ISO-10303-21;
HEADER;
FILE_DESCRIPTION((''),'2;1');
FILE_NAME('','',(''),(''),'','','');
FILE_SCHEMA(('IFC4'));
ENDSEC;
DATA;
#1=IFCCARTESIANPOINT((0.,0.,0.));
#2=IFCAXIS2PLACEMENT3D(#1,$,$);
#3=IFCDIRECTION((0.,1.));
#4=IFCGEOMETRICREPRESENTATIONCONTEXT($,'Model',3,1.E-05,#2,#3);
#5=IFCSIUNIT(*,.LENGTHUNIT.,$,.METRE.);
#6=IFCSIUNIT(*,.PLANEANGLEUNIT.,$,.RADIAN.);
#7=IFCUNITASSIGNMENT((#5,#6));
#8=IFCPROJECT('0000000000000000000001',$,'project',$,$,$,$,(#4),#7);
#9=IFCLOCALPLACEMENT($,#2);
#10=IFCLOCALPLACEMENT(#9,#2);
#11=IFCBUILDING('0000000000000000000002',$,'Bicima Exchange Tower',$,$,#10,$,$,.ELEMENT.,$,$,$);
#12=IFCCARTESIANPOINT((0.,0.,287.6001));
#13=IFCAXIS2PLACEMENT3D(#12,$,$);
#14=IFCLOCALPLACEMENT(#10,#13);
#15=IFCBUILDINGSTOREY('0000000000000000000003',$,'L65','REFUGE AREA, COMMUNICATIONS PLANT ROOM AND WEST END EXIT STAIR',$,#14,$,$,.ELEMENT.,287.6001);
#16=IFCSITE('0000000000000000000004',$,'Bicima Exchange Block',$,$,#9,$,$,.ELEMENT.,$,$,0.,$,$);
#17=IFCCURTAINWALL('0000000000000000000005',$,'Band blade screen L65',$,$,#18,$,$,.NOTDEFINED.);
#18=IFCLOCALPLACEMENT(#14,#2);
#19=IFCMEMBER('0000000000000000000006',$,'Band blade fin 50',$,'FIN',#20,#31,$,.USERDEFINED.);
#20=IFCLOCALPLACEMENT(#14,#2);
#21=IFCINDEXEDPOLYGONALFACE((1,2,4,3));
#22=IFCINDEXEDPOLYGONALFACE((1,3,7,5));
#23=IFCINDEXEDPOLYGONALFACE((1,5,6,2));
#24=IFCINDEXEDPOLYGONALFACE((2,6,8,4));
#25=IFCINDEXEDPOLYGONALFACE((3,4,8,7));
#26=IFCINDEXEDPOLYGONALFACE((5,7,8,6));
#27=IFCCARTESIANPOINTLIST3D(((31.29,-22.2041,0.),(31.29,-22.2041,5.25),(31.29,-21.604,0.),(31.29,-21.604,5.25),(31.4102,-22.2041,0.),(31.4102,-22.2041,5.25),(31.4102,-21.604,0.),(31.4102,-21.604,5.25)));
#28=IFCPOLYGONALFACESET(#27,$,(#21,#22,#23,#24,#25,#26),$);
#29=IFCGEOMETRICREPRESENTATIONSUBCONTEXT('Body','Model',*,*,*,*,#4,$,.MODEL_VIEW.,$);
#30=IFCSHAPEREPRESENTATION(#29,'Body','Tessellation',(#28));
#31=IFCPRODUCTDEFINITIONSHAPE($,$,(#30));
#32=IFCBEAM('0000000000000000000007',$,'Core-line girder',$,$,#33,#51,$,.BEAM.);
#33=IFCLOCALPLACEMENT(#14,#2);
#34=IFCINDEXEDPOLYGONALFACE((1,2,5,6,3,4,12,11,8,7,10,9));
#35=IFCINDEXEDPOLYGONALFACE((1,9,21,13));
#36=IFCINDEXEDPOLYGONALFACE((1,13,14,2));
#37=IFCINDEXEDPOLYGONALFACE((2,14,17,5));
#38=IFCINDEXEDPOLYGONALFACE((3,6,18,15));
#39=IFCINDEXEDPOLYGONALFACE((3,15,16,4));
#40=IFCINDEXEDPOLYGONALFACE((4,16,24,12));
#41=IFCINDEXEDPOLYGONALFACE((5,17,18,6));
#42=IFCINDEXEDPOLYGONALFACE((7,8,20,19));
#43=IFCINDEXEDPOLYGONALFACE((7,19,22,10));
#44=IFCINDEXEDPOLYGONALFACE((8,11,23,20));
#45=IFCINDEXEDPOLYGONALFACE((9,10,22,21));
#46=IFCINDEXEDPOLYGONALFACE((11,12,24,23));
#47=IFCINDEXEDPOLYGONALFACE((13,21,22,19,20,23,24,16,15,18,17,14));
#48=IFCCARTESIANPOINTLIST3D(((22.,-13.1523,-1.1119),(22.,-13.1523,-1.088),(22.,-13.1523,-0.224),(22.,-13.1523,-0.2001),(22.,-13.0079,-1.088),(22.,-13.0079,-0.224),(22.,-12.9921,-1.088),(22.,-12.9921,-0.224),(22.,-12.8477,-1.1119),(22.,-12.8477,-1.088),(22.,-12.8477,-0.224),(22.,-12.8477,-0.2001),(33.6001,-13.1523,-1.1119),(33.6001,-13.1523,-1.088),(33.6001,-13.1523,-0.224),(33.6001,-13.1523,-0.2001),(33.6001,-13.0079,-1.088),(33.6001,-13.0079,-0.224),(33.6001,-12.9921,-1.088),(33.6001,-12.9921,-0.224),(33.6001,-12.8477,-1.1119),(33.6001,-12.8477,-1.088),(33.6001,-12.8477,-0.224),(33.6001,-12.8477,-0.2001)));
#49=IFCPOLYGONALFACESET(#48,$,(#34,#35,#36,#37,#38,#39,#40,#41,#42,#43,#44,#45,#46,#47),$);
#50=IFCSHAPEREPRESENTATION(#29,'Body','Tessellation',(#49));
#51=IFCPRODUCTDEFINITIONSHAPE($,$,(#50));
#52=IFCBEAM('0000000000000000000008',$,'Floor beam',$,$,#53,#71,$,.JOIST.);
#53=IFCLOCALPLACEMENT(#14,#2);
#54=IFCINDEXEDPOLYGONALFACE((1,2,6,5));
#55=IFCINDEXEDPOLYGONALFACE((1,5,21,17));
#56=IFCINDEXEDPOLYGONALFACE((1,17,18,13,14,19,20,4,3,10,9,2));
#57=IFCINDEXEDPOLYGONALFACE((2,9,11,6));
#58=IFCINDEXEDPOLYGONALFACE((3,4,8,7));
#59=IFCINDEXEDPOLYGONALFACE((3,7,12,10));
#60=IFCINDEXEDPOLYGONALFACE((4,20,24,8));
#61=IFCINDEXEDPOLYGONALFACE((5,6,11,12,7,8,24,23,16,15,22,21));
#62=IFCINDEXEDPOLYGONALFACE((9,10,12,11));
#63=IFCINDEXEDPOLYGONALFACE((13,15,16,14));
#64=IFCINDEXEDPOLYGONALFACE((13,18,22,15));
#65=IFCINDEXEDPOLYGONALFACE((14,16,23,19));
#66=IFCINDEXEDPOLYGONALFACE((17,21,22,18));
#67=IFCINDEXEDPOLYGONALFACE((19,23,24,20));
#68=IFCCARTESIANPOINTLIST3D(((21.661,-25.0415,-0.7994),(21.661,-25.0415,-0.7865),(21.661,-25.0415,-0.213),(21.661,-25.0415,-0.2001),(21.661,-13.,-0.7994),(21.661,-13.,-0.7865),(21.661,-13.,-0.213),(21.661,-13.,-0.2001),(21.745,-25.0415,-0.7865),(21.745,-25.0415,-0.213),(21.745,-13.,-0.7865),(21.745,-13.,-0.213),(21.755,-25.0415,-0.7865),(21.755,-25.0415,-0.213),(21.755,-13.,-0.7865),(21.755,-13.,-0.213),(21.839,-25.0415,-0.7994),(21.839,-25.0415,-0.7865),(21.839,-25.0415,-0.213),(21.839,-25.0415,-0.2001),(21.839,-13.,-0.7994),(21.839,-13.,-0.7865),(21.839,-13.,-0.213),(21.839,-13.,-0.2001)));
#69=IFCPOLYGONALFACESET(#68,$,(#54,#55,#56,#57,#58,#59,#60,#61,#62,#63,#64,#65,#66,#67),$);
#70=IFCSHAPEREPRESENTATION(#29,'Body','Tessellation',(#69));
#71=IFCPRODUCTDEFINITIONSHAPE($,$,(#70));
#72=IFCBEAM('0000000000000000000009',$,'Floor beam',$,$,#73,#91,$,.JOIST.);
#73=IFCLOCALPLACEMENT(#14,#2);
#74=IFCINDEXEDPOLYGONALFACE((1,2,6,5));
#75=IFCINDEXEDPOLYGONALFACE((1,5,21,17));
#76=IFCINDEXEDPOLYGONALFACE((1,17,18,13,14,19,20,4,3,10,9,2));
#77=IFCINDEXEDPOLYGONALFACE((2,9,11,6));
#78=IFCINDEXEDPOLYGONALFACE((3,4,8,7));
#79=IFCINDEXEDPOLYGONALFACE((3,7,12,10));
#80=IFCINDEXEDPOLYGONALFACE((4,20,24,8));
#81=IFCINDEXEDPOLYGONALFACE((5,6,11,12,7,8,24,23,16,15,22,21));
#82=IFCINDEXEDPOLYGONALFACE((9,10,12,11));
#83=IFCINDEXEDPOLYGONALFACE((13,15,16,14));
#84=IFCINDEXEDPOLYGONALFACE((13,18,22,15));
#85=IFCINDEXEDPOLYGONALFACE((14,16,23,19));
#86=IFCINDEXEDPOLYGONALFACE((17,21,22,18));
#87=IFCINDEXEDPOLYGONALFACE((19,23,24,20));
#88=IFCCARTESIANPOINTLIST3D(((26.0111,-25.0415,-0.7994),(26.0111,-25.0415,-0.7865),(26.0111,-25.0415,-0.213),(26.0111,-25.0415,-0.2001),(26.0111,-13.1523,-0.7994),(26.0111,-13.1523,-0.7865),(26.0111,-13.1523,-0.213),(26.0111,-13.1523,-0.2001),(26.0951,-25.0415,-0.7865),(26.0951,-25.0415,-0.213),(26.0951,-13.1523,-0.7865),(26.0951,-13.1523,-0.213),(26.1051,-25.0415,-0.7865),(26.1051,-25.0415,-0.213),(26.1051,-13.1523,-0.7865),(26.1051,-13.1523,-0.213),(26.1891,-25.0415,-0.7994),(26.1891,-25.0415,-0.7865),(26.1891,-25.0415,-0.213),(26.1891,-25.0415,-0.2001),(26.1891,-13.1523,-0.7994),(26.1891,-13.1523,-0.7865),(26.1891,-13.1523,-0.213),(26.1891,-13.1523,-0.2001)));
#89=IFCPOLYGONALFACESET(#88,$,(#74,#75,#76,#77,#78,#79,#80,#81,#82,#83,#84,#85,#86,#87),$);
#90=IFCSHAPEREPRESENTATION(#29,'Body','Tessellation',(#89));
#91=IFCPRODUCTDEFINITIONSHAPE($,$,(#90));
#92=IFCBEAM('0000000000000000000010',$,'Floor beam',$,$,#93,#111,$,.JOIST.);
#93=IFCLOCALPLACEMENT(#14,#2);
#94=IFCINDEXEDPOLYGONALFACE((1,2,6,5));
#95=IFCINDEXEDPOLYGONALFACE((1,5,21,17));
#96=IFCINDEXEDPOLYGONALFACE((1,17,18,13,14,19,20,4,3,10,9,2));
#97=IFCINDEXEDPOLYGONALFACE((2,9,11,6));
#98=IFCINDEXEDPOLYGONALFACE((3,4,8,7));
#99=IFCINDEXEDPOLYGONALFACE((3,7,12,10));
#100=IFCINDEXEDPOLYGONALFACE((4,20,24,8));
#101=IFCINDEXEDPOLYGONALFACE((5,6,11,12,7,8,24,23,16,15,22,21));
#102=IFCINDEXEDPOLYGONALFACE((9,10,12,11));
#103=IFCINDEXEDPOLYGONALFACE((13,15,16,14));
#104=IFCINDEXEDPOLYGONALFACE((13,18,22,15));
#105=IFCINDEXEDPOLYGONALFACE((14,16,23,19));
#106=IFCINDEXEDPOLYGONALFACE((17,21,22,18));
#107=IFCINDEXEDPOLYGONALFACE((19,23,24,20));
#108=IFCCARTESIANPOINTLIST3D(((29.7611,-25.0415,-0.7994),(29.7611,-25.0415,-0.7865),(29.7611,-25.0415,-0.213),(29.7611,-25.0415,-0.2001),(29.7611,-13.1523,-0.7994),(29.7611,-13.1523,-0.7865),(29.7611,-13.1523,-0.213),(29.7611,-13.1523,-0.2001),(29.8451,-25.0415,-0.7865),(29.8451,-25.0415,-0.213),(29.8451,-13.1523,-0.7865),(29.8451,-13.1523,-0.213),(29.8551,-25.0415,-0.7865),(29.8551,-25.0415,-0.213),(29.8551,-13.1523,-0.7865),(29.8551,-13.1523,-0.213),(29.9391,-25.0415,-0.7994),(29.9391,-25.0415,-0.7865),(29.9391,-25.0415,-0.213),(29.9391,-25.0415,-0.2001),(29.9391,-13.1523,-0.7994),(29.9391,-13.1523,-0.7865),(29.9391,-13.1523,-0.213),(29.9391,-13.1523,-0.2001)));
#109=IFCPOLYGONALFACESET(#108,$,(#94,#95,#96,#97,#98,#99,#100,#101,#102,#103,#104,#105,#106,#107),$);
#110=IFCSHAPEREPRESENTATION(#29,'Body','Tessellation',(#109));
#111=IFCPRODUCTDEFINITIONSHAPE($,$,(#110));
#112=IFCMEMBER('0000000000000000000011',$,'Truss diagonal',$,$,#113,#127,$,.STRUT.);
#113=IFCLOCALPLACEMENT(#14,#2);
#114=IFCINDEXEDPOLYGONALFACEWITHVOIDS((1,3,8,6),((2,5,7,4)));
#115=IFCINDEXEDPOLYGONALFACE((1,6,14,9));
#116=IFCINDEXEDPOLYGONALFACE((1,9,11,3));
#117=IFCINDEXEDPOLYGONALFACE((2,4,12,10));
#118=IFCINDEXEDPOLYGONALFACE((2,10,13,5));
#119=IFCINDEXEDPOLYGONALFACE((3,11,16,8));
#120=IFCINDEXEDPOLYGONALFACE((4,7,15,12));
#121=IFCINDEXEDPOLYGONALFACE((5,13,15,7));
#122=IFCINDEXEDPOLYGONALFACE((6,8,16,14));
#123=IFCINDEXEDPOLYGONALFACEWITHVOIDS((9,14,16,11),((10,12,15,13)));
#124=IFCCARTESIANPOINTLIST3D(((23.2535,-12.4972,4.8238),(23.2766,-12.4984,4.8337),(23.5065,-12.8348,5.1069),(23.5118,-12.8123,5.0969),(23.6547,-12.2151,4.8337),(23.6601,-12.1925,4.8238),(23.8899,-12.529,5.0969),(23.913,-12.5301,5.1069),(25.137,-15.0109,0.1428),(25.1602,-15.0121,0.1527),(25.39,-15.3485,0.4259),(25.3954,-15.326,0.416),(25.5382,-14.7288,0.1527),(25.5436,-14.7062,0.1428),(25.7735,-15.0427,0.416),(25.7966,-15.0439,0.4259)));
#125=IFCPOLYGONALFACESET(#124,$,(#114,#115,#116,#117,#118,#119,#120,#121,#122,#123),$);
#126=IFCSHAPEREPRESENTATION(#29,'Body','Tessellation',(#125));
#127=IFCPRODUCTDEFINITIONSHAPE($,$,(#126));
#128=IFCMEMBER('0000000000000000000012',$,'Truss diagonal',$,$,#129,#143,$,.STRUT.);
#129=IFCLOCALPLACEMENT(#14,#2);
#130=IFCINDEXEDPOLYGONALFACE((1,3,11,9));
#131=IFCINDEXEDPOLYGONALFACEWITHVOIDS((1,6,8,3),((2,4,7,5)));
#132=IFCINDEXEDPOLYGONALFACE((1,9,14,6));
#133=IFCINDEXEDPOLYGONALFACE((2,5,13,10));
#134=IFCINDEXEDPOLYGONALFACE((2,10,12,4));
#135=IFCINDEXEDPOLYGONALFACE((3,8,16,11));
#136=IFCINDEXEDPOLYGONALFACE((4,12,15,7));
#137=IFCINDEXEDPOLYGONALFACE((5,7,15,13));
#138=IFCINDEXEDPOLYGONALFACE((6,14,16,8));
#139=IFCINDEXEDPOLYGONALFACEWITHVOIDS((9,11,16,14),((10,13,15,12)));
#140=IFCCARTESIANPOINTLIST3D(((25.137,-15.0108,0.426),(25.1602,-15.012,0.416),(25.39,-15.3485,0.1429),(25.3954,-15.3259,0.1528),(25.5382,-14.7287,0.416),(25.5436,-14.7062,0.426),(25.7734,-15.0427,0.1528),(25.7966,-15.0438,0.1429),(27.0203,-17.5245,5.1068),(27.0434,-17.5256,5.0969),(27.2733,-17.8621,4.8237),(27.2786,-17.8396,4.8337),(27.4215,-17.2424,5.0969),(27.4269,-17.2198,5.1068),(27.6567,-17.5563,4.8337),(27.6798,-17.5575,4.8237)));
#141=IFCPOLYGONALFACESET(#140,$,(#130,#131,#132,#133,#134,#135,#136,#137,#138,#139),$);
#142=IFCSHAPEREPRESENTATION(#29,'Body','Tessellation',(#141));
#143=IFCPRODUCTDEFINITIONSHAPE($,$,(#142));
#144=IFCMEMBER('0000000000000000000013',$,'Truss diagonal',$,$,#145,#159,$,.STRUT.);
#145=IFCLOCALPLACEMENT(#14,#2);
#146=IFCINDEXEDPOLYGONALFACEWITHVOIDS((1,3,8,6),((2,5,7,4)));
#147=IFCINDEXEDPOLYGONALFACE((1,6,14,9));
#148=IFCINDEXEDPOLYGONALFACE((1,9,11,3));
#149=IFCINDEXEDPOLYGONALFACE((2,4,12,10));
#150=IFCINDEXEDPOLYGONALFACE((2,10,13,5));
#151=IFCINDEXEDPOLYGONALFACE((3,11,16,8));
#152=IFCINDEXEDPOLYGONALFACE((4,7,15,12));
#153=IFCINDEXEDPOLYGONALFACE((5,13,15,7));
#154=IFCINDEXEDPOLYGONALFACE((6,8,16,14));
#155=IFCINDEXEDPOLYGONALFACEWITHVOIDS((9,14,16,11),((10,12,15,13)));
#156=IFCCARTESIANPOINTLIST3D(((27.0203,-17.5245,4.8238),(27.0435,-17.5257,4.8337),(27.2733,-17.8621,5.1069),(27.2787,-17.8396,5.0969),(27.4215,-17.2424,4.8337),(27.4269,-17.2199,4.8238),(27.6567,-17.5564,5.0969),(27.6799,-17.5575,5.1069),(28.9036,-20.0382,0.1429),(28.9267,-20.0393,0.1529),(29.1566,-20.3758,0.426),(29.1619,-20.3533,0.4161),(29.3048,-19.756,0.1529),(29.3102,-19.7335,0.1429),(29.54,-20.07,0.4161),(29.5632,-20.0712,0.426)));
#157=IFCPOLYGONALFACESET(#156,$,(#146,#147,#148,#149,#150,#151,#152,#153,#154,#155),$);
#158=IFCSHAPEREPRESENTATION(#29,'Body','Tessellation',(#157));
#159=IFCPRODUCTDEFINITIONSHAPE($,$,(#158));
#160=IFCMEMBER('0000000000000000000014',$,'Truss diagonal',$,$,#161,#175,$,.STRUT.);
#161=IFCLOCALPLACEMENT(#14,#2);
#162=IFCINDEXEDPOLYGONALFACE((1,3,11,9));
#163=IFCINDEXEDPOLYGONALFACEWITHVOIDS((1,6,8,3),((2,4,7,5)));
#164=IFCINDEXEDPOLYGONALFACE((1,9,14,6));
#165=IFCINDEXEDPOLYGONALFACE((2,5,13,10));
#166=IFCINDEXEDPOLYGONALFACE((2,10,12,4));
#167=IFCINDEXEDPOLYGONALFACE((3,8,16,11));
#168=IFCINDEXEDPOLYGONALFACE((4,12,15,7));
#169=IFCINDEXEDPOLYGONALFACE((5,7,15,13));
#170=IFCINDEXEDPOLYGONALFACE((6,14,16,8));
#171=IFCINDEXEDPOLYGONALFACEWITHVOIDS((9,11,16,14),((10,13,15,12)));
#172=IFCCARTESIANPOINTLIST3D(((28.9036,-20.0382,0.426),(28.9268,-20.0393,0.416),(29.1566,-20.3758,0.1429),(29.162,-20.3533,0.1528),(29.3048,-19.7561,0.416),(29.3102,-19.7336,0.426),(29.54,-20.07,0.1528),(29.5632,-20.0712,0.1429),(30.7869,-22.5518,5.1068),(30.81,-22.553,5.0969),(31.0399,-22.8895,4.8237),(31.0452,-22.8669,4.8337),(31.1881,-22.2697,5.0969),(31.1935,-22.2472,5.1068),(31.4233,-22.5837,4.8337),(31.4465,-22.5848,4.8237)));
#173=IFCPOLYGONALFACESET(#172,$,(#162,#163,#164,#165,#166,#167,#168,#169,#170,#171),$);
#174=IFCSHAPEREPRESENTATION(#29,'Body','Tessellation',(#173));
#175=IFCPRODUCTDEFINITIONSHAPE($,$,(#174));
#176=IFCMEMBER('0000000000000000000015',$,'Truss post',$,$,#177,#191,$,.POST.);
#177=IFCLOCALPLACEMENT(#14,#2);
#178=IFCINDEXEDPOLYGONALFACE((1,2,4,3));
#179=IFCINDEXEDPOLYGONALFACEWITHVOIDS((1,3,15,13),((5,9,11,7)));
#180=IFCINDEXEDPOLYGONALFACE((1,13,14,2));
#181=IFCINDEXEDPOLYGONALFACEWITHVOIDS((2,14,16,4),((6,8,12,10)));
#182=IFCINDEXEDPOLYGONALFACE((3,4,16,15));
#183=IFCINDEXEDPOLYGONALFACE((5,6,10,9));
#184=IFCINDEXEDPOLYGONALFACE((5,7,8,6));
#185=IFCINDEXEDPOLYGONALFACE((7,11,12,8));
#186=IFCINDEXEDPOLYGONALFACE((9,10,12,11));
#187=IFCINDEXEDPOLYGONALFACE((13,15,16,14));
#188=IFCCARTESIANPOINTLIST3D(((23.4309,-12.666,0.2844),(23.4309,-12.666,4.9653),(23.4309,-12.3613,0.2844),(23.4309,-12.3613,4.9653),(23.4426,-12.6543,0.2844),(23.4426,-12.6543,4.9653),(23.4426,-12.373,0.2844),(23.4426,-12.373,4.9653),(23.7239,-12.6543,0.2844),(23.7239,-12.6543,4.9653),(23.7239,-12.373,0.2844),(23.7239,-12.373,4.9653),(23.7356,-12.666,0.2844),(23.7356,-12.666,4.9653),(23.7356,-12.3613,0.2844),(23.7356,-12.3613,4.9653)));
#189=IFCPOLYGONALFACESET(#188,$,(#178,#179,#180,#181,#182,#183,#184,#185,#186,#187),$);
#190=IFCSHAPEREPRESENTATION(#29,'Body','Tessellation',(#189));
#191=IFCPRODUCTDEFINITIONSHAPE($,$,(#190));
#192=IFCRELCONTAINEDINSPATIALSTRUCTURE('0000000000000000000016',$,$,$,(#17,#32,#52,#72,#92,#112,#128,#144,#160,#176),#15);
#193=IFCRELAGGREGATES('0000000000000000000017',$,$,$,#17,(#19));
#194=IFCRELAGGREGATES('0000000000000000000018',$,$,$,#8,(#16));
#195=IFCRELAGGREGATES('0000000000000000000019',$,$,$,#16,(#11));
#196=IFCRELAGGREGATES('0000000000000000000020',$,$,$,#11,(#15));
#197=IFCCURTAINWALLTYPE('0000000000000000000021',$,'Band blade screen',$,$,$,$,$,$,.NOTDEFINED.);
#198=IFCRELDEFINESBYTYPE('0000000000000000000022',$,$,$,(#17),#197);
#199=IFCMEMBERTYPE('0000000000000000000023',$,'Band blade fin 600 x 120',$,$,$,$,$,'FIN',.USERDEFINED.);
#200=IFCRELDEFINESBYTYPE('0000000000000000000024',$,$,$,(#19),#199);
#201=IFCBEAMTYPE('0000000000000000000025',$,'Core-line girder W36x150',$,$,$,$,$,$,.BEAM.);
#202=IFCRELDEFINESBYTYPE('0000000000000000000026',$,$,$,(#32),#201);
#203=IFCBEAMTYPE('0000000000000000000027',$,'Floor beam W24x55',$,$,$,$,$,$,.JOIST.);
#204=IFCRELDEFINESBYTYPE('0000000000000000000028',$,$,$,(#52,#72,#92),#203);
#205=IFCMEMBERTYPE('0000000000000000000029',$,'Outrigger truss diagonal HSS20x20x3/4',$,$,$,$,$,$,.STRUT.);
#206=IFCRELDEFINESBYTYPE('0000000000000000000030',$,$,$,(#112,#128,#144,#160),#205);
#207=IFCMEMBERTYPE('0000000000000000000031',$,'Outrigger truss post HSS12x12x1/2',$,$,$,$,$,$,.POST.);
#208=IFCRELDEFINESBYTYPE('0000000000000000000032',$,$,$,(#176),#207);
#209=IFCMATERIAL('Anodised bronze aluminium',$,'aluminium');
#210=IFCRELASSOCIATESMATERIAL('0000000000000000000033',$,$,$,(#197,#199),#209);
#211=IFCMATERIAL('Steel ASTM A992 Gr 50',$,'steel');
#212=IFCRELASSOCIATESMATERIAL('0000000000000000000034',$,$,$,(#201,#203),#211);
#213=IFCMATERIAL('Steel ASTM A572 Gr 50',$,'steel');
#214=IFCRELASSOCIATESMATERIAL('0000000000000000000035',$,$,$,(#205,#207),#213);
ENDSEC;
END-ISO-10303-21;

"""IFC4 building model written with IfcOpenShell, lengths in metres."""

from ifc_helpers import new_model, si_unit, direction, frame, origin, origin_2d, place, context, subcontext, project, spatial, rectangle, hollow_rectangle, i_section, extrude, material, material_profile, profile_set, type_object, element, aggregate, save


model = new_model("IFC4")

# Units and contexts
model_context = context("Model", 3, precision=1e-05, world=origin(), true_north=direction((0.0, 1.0)))
body_context = subcontext(model_context, "Body", "Model", "MODEL_VIEW")
ifc_project = project(units=[si_unit("LENGTHUNIT", "METRE"), si_unit("PLANEANGLEUNIT", "RADIAN")], contexts=[model_context])

# Site, building, storey
site_placement = place(None, origin())
site = spatial("IfcSite", under=ifc_project, at=site_placement, Name="Bicima Exchange Block", CompositionType="ELEMENT", RefElevation=0.0)
building_placement = place(site_placement, origin())
building = spatial("IfcBuilding", under=site, at=building_placement, Name="Bicima Exchange Tower", CompositionType="ELEMENT")
storey_placement = place(building_placement, frame((0.0, 0.0, 287.6001)))
storey = spatial("IfcBuildingStorey", under=building, at=storey_placement, Name="L65", Description="REFUGE AREA, COMMUNICATIONS PLANT ROOM AND WEST END EXIT STAIR", CompositionType="ELEMENT", Elevation=287.6001)

# Curtain wall, member
ifc_material_1 = material(Name="Anodised bronze aluminium", Category="aluminium")
curtain_wall_type = type_object("IfcCurtainWallType", Name="Band blade screen", PredefinedType="NOTDEFINED", material=ifc_material_1)
curtain_wall_placement = place(storey_placement, origin())
curtain_wall = element("IfcCurtainWall", 1, at=curtain_wall_placement, inside=storey, type_object=curtain_wall_type, Name="Band blade screen L65", PredefinedType="NOTDEFINED")
ifc_material_profile_1 = material_profile(ifc_material_1, rectangle(XDim=0.6001, YDim=0.1201, at=origin_2d()))
ifc_profile_set_1 = profile_set([ifc_material_profile_1], Name="Anodised bronze aluminium")
member_type_1 = type_object("IfcMemberType", Name="Band blade fin 600 x 120", ElementType="FIN", PredefinedType="USERDEFINED", material=ifc_profile_set_1)
member_1_placement = place(storey_placement, frame((31.3501, -21.9041, 0.0), z_axis=(0.0, 0.0, 1.0), x_axis=(0.0, 1.0, 0.0)))
member_1 = element("IfcMember", 2, at=member_1_placement, type_object=member_type_1, Name="Band blade fin 50", ObjectType="FIN", PredefinedType="USERDEFINED", context=body_context, shape_type="SweptSolid", body=[
    extrude(rectangle(XDim=0.6001, YDim=0.1201, at=origin_2d()), origin(), (0.0, 0.0, 1.0), 5.25),
])
aggregate(curtain_wall, [member_1])

# Beams
ifc_material_2 = material(Name="Steel ASTM A992 Gr 50", Category="steel")
ifc_material_profile_2 = material_profile(ifc_material_2, i_section(OverallWidth=0.3047, OverallDepth=0.9119, WebThickness=0.0159, FlangeThickness=0.0239, at=origin_2d()))
ifc_profile_set_2 = profile_set([ifc_material_profile_2], Name="Steel ASTM A992 Gr 50")
beam_type_1 = type_object("IfcBeamType", Name="Core-line girder W36x150", PredefinedType="BEAM", material=ifc_profile_set_2)
beam_1_placement = place(storey_placement, frame((22.0, -13.0, -0.656), z_axis=(1.0, 0.0, 0.0), x_axis=(0.0, 1.0, 0.0)))
element("IfcBeam", 3, at=beam_1_placement, inside=storey, type_object=beam_type_1, Name="Core-line girder", PredefinedType="BEAM", context=body_context, shape_type="SweptSolid", body=[
    extrude(i_section(OverallWidth=0.3047, OverallDepth=0.9119, WebThickness=0.0159, FlangeThickness=0.0239, at=origin_2d()), origin(), (0.0, 0.0, 1.0), 11.6001),
])
ifc_material_profile_3 = material_profile(ifc_material_2, i_section(OverallWidth=0.178, OverallDepth=0.5994, WebThickness=0.01, FlangeThickness=0.0129, at=origin_2d()))
ifc_profile_set_3 = profile_set([ifc_material_profile_3], Name="Steel ASTM A992 Gr 50")
beam_type_2 = type_object("IfcBeamType", Name="Floor beam W24x55", PredefinedType="JOIST", material=ifc_profile_set_3)
beam_2_placement = place(storey_placement, frame((21.75, -13.0, -0.4998), z_axis=(0.0, -1.0, 0.0), x_axis=(1.0, 0.0, 0.0)))
element("IfcBeam", 4, at=beam_2_placement, inside=storey, type_object=beam_type_2, Name="Floor beam", PredefinedType="JOIST", context=body_context, shape_type="SweptSolid", body=[
    extrude(i_section(OverallWidth=0.178, OverallDepth=0.5994, WebThickness=0.01, FlangeThickness=0.0129, at=origin_2d()), origin(), (0.0, 0.0, 1.0), 12.0415),
])
for number, where, z_axis, x_axis, name in (
    (5, (26.1001, -13.1523, -0.4998), (0.0, -1.0, 0.0), (1.0, 0.0, 0.0), "Floor beam"),
    (6, (29.8501, -13.1523, -0.4998), (0.0, -1.0, 0.0), (1.0, 0.0, 0.0), "Floor beam"),
):
    element("IfcBeam", number, at=place(storey_placement, frame(where, z_axis=z_axis, x_axis=x_axis)), inside=storey, type_object=beam_type_2, Name=name, PredefinedType="JOIST", context=body_context, shape_type="SweptSolid", body=[
        extrude(i_section(OverallWidth=0.178, OverallDepth=0.5994, WebThickness=0.01, FlangeThickness=0.0129, at=origin_2d()), origin(), (0.0, 0.0, 1.0), 11.8892),
    ])

# Members
ifc_material_3 = material(Name="Steel ASTM A572 Gr 50", Category="steel")
ifc_material_profile_4 = material_profile(ifc_material_3, hollow_rectangle(XDim=0.5081, YDim=0.5081, WallThickness=0.0178, at=origin_2d()))
ifc_profile_set_4 = profile_set([ifc_material_profile_4], Name="Steel ASTM A572 Gr 50")
member_type_2 = type_object("IfcMemberType", Name="Outrigger truss diagonal HSS20x20x3/4", PredefinedType="STRUT", material=ifc_profile_set_4)
member_2_placement = place(storey_placement, frame((23.5833, -12.5137, 4.9653), z_axis=(0.334132, -0.445914, -0.830371), x_axis=(0.800261, 0.599652, 0.0)))
element("IfcMember", 7, at=member_2_placement, inside=storey, type_object=member_type_2, Name="Truss diagonal", PredefinedType="STRUT", context=body_context, shape_type="SweptSolid", body=[
    extrude(hollow_rectangle(XDim=0.5081, YDim=0.5081, WallThickness=0.0178, at=origin_2d()), origin(), (0.0, 0.0, 1.0), 5.6372),
])
for number, where, z_axis, x_axis, name in (
    (8, (25.4668, -15.0273, 0.2844), (0.334094, -0.44592, 0.830383), (0.800298, 0.599602, 0.0), "Truss diagonal"),
    (9, (27.3501, -17.541, 4.9653), (0.334094, -0.44592, -0.830383), (0.800298, 0.599602, 0.0), "Truss diagonal"),
    (10, (29.2334, -20.0547, 0.2844), (0.334094, -0.44592, 0.830383), (0.800298, 0.599602, 0.0), "Truss diagonal"),
):
    element("IfcMember", number, at=place(storey_placement, frame(where, z_axis=z_axis, x_axis=x_axis)), inside=storey, type_object=member_type_2, Name=name, PredefinedType="STRUT", context=body_context, shape_type="SweptSolid", body=[
        extrude(hollow_rectangle(XDim=0.5081, YDim=0.5081, WallThickness=0.0178, at=origin_2d()), origin(), (0.0, 0.0, 1.0), 5.637),
    ])
ifc_material_profile_5 = material_profile(ifc_material_3, hollow_rectangle(XDim=0.3047, YDim=0.3047, WallThickness=0.0117, at=origin_2d()))
ifc_profile_set_5 = profile_set([ifc_material_profile_5], Name="Steel ASTM A572 Gr 50")
member_type_3 = type_object("IfcMemberType", Name="Outrigger truss post HSS12x12x1/2", PredefinedType="POST", material=ifc_profile_set_5)
for number, where, z_axis, x_axis, name in (
    (11, (23.5833, -12.5137, 0.2844), (0.0, 0.0, 1.0), (1.0, 0.0, 0.0), "Truss post"),
):
    element("IfcMember", number, at=place(storey_placement, frame(where, z_axis=z_axis, x_axis=x_axis)), inside=storey, type_object=member_type_3, Name=name, PredefinedType="POST", context=body_context, shape_type="SweptSolid", body=[
        extrude(hollow_rectangle(XDim=0.3047, YDim=0.3047, WallThickness=0.0117, at=origin_2d()), origin(), (0.0, 0.0, 1.0), 4.6809),
    ])

save(model, "model.ifc")
